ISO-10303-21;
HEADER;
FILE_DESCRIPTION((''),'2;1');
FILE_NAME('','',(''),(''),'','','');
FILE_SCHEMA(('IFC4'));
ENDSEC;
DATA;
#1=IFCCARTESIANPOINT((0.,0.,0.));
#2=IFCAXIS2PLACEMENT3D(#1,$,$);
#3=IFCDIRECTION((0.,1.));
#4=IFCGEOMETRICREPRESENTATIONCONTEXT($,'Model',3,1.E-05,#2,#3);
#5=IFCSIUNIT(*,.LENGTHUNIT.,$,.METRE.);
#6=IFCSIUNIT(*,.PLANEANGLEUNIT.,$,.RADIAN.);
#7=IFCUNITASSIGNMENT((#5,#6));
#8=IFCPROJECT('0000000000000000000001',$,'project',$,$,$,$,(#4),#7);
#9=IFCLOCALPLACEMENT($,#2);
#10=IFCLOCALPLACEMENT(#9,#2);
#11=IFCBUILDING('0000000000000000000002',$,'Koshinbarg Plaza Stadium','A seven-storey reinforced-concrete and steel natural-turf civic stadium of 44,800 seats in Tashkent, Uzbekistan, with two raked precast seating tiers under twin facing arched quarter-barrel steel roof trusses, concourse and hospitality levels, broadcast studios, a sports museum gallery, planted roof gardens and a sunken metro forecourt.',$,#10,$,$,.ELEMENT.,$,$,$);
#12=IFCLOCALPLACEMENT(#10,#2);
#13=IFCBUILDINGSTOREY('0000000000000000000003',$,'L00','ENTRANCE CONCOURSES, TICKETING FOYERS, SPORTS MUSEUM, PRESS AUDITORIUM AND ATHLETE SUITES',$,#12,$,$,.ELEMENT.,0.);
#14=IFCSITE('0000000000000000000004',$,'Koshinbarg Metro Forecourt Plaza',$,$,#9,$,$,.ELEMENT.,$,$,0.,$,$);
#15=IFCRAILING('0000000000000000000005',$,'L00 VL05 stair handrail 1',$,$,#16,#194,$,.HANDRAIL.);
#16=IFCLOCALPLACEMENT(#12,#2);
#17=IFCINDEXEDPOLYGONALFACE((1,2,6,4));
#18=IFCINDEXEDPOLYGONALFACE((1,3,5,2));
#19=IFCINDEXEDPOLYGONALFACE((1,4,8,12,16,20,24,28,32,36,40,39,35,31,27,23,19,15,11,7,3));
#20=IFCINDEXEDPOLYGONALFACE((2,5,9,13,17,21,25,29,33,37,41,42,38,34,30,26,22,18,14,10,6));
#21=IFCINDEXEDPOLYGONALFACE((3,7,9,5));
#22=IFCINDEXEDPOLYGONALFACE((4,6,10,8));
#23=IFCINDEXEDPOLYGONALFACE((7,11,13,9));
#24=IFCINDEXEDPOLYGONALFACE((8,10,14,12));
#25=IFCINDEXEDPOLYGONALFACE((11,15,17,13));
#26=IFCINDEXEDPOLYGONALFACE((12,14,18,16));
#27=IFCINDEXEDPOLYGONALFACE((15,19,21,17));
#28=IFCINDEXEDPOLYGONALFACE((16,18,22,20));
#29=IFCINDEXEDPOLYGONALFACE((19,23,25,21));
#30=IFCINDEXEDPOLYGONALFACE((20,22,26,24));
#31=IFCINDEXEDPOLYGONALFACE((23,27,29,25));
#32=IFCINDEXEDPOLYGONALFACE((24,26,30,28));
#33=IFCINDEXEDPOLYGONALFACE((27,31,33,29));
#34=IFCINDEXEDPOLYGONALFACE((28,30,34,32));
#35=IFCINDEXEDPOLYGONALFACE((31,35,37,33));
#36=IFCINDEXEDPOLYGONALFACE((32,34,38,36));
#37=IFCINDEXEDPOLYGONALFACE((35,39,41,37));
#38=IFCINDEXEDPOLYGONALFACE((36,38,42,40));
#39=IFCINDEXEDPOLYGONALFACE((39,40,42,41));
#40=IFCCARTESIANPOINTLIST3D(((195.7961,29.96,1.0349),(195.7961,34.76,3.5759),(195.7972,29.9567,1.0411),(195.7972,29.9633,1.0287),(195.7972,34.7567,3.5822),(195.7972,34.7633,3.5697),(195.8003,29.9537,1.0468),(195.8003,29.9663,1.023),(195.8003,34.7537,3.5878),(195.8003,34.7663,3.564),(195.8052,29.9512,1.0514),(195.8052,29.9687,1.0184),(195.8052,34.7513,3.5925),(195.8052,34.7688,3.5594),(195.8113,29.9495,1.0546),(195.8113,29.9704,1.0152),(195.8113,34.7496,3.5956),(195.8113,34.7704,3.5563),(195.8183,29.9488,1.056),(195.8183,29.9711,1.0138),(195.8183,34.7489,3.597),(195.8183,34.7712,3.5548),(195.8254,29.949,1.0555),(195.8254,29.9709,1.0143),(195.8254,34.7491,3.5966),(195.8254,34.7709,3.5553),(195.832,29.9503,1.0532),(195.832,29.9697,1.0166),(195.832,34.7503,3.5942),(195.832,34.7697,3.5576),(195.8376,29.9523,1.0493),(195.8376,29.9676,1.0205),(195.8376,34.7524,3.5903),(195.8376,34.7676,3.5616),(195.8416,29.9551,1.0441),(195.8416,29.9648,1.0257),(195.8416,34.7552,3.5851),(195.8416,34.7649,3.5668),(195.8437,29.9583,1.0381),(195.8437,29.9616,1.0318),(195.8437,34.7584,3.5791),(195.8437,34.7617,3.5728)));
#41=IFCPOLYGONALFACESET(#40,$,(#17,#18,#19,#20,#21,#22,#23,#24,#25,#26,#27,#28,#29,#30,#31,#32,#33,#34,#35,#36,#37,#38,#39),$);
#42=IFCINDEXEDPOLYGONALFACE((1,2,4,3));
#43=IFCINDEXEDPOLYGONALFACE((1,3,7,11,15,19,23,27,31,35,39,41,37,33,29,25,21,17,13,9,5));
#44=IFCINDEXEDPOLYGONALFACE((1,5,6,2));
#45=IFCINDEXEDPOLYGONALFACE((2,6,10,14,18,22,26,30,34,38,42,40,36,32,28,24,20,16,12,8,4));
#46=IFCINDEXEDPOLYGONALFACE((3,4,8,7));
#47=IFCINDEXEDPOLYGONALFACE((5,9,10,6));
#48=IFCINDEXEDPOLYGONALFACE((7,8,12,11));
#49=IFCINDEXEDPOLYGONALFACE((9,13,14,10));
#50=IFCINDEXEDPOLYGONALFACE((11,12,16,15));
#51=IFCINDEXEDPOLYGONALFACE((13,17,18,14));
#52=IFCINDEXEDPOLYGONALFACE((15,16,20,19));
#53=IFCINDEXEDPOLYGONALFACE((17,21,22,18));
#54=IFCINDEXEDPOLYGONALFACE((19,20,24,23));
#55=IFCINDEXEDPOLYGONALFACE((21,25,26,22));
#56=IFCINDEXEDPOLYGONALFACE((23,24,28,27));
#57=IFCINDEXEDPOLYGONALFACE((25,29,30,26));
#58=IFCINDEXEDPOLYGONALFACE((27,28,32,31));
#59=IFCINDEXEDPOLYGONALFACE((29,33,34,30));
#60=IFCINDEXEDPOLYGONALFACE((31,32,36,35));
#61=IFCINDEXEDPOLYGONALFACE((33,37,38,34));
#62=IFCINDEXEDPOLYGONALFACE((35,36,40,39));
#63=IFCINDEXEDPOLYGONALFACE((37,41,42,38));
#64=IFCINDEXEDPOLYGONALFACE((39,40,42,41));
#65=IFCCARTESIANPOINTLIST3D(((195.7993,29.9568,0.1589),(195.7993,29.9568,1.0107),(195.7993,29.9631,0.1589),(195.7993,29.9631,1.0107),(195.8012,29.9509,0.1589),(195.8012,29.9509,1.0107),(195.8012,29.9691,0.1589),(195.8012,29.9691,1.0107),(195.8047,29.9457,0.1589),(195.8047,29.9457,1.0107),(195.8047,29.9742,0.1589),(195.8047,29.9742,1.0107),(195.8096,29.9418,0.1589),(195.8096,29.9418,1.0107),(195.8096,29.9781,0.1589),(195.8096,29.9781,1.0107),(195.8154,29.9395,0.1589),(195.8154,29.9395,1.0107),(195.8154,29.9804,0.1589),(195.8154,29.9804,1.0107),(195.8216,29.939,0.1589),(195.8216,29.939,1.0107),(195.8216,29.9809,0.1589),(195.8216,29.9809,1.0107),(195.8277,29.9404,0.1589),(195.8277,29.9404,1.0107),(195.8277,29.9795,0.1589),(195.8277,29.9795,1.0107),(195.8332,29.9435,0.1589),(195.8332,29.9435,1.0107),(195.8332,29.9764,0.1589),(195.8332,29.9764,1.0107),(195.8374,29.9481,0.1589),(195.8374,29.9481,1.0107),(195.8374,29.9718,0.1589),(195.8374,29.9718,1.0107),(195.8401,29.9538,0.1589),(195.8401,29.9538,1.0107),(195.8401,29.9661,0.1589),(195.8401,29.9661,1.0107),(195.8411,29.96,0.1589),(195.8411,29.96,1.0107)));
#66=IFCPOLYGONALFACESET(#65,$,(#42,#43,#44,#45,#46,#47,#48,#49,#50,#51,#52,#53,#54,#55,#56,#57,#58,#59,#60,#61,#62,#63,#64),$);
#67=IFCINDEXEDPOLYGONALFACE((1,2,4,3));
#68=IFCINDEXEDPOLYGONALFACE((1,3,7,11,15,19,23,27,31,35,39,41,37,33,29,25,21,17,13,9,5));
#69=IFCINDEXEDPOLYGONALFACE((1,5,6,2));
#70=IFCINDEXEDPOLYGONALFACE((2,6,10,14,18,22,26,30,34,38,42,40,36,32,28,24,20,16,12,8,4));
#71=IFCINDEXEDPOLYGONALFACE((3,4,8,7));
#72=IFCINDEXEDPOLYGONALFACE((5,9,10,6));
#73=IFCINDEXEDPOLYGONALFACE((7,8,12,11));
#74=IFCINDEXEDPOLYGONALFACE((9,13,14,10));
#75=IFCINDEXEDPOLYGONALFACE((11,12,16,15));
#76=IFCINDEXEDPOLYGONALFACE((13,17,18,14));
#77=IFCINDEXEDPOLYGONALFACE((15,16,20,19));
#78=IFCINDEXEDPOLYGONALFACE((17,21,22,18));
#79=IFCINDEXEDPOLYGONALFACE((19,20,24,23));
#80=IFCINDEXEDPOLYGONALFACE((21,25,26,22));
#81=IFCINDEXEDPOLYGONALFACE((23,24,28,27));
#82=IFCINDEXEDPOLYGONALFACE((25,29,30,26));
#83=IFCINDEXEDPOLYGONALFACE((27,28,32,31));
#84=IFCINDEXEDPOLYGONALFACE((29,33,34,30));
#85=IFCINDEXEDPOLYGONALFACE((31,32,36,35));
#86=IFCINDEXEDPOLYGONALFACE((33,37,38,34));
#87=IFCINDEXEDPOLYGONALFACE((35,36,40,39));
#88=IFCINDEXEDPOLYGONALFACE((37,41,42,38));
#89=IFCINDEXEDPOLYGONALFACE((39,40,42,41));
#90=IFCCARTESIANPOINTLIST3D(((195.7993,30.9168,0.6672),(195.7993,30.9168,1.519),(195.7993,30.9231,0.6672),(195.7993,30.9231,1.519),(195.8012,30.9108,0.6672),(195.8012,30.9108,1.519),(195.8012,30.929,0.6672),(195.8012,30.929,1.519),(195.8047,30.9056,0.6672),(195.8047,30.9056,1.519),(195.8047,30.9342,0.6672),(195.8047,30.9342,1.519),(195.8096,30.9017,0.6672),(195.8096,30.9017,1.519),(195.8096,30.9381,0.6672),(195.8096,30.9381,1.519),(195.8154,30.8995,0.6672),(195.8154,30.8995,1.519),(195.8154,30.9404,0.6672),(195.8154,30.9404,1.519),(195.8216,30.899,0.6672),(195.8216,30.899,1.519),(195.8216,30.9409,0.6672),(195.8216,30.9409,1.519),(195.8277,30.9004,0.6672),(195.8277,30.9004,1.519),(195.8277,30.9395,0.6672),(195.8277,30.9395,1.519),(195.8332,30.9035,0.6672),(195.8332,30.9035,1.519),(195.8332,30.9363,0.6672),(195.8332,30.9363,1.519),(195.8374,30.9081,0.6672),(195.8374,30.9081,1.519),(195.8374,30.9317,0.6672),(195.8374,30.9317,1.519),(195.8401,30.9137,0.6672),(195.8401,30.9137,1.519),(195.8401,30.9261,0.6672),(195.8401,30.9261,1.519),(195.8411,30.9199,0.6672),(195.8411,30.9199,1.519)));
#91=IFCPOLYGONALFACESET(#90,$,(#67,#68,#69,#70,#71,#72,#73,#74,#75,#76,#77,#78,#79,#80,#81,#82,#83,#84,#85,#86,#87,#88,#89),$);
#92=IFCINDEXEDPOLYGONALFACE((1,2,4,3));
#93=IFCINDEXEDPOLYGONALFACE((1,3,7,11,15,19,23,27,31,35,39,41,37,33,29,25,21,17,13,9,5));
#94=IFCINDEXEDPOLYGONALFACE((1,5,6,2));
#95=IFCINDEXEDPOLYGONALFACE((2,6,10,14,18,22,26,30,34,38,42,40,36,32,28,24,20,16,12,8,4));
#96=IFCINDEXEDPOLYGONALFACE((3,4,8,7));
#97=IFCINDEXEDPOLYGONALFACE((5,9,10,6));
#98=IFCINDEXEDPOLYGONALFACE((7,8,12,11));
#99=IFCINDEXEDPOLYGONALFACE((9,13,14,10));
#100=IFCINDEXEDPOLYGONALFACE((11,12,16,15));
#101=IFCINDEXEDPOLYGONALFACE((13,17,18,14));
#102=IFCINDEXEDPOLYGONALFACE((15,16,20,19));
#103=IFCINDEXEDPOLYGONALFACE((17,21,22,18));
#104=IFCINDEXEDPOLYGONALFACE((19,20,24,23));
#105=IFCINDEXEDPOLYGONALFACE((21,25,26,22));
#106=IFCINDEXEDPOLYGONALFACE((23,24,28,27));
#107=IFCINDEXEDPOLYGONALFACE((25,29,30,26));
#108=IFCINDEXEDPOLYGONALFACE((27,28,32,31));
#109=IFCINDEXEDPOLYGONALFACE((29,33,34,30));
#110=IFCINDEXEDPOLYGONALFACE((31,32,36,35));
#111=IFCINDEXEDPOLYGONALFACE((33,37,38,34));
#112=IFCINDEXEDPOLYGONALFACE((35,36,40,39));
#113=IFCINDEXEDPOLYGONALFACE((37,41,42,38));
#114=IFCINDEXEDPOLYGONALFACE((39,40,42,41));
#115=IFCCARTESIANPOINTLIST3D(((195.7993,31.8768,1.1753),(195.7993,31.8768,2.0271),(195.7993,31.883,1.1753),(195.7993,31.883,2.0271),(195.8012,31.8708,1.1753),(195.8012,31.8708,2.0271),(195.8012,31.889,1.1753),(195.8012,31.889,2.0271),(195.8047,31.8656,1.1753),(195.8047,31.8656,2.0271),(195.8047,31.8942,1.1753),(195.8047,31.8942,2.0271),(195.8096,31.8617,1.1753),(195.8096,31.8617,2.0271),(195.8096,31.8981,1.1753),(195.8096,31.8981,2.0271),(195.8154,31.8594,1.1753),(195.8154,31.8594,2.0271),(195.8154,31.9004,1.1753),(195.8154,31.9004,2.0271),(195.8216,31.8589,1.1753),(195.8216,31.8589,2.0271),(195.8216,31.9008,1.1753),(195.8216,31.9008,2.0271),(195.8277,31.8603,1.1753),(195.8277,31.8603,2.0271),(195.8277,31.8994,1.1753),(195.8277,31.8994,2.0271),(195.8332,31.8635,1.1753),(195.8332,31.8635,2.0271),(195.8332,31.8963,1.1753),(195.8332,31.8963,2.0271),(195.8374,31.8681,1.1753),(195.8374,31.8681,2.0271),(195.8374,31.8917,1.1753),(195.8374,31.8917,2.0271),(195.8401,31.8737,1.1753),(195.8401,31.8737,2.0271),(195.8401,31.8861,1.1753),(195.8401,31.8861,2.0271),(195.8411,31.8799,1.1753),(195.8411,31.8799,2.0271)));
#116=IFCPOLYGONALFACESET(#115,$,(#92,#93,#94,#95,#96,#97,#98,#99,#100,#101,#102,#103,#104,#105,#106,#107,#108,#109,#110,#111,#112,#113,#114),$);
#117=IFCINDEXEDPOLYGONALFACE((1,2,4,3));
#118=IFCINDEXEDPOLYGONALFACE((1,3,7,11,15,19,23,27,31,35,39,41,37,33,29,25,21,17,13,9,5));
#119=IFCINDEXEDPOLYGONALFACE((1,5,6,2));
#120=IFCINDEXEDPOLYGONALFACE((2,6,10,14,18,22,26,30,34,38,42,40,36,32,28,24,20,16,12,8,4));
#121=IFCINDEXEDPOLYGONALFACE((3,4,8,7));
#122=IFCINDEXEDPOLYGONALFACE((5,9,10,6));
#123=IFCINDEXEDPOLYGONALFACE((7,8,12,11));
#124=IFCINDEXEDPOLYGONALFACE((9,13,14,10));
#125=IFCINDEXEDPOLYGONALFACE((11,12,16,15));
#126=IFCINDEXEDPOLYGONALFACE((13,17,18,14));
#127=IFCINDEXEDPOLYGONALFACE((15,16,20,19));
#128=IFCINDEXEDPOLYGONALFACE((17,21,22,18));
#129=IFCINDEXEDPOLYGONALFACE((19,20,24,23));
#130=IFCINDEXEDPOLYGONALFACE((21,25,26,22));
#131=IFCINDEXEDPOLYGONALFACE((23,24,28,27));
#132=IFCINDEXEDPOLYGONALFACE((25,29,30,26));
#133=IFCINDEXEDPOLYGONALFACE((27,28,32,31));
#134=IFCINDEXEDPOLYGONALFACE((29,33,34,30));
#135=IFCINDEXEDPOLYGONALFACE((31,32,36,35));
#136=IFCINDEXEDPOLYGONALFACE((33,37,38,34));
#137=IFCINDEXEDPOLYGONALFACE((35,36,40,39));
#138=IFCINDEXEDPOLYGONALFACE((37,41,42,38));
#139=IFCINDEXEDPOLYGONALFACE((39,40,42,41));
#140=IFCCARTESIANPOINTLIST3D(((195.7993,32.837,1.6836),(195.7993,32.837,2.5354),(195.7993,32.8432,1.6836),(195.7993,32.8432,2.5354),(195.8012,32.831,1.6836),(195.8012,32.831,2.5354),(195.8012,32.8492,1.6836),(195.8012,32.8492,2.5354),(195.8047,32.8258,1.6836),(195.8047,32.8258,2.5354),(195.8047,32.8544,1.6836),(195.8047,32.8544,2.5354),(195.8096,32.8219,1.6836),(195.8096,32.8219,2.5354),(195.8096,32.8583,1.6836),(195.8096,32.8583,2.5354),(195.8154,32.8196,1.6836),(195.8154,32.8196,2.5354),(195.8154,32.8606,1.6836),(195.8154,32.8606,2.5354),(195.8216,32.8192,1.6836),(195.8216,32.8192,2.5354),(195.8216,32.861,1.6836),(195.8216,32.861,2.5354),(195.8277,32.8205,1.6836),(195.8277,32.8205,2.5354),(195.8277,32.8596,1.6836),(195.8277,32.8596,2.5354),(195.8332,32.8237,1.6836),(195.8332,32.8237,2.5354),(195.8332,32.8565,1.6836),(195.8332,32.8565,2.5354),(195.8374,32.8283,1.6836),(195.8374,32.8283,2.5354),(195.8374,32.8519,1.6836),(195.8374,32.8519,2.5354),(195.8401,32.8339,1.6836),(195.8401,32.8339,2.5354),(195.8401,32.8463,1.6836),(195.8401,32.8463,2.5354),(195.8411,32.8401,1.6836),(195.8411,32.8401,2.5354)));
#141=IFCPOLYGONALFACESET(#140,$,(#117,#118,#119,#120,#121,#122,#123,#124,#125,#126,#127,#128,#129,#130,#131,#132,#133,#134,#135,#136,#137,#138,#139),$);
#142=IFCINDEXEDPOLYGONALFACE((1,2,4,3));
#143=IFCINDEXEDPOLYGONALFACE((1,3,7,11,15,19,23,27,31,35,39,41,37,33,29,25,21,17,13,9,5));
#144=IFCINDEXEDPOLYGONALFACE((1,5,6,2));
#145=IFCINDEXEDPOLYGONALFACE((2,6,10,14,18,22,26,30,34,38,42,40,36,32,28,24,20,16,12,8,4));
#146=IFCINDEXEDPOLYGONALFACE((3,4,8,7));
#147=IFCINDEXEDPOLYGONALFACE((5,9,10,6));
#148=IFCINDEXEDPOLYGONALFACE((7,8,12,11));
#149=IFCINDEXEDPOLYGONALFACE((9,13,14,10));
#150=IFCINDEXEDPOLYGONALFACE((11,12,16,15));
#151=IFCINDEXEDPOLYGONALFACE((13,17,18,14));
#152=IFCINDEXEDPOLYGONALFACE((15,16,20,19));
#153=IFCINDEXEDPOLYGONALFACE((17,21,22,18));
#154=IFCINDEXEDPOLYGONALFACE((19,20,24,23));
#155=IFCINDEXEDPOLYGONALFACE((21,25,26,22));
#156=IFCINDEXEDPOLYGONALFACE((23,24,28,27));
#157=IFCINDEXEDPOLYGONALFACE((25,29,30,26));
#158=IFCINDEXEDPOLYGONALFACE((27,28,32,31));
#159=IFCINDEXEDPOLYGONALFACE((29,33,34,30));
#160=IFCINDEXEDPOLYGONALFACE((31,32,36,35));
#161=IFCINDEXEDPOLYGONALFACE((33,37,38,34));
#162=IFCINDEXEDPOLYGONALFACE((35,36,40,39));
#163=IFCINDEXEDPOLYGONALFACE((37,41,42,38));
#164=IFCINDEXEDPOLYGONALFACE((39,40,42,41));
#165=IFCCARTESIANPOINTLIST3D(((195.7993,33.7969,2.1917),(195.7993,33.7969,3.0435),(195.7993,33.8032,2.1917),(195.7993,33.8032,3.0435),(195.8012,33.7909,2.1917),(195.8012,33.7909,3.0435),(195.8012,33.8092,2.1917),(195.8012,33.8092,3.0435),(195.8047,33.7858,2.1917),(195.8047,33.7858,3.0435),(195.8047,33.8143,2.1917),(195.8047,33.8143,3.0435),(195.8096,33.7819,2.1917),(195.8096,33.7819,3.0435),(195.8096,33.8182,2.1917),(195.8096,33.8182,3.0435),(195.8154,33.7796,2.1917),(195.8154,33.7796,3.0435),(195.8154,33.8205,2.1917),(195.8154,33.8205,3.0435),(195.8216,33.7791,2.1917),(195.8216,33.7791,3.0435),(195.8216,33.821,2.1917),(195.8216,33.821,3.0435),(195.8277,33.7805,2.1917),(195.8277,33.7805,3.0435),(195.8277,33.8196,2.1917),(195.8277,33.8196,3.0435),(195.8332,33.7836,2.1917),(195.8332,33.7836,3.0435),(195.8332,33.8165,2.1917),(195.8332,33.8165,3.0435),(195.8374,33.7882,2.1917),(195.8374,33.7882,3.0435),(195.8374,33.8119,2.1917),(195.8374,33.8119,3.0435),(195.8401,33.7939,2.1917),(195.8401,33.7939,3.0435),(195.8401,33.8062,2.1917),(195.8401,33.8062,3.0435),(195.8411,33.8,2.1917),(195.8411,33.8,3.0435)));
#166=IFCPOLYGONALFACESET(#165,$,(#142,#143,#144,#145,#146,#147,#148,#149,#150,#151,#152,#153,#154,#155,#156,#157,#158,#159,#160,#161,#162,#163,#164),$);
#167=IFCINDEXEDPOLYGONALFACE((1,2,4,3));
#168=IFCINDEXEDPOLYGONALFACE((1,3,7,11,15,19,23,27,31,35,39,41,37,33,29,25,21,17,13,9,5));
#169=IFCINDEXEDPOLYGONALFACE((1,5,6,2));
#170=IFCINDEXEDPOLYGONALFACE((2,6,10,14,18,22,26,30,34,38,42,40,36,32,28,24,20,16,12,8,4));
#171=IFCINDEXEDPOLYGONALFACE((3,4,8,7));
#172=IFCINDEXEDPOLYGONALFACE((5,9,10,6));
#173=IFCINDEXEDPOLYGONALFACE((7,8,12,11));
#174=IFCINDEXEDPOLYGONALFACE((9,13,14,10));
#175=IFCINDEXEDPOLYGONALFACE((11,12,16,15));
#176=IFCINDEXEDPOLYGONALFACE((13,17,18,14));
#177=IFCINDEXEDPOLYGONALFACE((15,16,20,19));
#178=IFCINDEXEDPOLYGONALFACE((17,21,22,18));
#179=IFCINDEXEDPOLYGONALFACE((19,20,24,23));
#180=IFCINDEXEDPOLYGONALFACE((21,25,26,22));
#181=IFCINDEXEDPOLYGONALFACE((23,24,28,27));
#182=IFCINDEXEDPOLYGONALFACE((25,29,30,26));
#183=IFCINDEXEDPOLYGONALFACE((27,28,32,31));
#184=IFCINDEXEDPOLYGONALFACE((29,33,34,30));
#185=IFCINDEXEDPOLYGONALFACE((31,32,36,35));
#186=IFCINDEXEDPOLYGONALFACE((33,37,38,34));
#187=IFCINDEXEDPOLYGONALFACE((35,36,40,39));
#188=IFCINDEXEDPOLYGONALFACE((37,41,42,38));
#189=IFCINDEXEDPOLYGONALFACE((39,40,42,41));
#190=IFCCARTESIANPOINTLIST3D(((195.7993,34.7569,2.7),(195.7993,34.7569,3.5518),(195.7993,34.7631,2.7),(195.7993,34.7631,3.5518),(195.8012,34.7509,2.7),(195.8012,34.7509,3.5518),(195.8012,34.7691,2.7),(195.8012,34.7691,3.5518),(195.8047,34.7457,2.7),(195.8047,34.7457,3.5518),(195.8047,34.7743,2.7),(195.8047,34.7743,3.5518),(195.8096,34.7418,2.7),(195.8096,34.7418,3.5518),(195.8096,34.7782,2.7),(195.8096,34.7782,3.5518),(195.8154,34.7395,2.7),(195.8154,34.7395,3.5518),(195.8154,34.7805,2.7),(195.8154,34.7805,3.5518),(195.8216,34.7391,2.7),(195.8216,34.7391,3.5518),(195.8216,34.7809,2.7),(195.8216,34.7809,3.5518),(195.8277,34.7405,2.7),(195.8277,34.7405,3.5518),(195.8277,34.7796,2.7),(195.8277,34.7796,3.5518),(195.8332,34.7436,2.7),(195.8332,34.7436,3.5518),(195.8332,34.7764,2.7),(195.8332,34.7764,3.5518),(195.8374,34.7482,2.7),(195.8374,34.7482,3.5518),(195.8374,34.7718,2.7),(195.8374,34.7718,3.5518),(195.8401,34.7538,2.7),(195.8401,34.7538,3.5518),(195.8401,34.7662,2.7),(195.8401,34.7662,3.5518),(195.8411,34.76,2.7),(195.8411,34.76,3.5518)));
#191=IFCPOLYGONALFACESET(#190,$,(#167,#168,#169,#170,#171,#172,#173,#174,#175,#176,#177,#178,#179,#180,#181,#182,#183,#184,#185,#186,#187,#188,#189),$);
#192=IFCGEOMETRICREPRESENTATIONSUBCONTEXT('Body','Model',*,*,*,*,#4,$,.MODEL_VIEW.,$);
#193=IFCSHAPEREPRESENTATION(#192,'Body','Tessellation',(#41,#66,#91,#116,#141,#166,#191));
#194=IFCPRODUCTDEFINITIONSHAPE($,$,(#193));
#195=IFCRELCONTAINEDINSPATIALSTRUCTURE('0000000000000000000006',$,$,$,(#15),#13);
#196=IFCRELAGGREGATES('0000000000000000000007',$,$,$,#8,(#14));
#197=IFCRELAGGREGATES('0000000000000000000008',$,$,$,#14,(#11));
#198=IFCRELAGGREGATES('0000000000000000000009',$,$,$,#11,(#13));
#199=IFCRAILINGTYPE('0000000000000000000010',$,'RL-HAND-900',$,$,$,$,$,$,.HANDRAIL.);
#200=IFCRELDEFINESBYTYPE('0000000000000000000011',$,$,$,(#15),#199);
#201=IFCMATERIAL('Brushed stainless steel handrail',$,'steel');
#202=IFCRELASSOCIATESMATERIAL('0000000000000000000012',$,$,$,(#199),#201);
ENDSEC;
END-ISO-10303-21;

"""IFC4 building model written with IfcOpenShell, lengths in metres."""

from ifc_helpers import new_model, si_unit, direction, frame, origin, origin_2d, place, context, subcontext, project, spatial, circle, extrude, material, type_object, element, save


model = new_model("IFC4")

# Units and contexts
model_context = context("Model", 3, precision=1e-05, world=origin(), true_north=direction((0.0, 1.0)))
body_context = subcontext(model_context, "Body", "Model", "MODEL_VIEW")
ifc_project = project(units=[si_unit("LENGTHUNIT", "METRE"), si_unit("PLANEANGLEUNIT", "RADIAN")], contexts=[model_context])

# Site, building, storey
site_placement = place(None, origin())
site = spatial("IfcSite", under=ifc_project, at=site_placement, Name="Koshinbarg Metro Forecourt Plaza", CompositionType="ELEMENT", RefElevation=0.0)
building_placement = place(site_placement, origin())
building = spatial("IfcBuilding", under=site, at=building_placement, Name="Koshinbarg Plaza Stadium", Description="A seven-storey reinforced-concrete and steel natural-turf civic stadium of 44,800 seats in Tashkent, Uzbekistan, with two raked precast seating tiers under twin facing arched quarter-barrel steel roof trusses, concourse and hospitality levels, broadcast studios, a sports museum gallery, planted roof gardens and a sunken metro forecourt.", CompositionType="ELEMENT")
storey_placement = place(building_placement, origin())
storey = spatial("IfcBuildingStorey", under=building, at=storey_placement, Name="L00", Description="ENTRANCE CONCOURSES, TICKETING FOYERS, SPORTS MUSEUM, PRESS AUDITORIUM AND ATHLETE SUITES", CompositionType="ELEMENT", Elevation=0.0)

# Railing
ifc_material_1 = material(Name="Brushed stainless steel handrail", Category="steel")
railing_type_1 = type_object("IfcRailingType", Name="RL-HAND-900", PredefinedType="HANDRAIL", material=ifc_material_1)
railing_1_placement = place(storey_placement, frame((195.8201, 29.96, 0.1589)))
element("IfcRailing", 1, at=railing_1_placement, inside=storey, type_object=railing_type_1, Name="L00 VL05 stair handrail 1", PredefinedType="HANDRAIL", context=body_context, shape_type="SweptSolid", body=[
    extrude(circle(Radius=0.0239, at=origin_2d()), frame((0.0, 0.0, 0.876), z_axis=(0.0, 0.883802, 0.467861), x_axis=(-1.0, 0.0, 0.0)), (0.0, 0.0, 1.0), 5.4312),
    extrude(circle(Radius=0.021, at=origin_2d()), origin(), (0.0, 0.0, 1.0), 0.8518),
    extrude(circle(Radius=0.021, at=origin_2d()), frame((0.0, 0.96, 0.5083)), (0.0, 0.0, 1.0), 0.8518),
    extrude(circle(Radius=0.021, at=origin_2d()), frame((0.0, 1.9199, 1.0164)), (0.0, 0.0, 1.0), 0.8518),
    extrude(circle(Radius=0.021, at=origin_2d()), frame((0.0, 2.8801, 1.5247)), (0.0, 0.0, 1.0), 0.8518),
    extrude(circle(Radius=0.021, at=origin_2d()), frame((0.0, 3.8401, 2.0327)), (0.0, 0.0, 1.0), 0.8518),
    extrude(circle(Radius=0.021, at=origin_2d()), frame((0.0, 4.8, 2.541)), (0.0, 0.0, 1.0), 0.8518),
])

save(model, "model.ifc")
